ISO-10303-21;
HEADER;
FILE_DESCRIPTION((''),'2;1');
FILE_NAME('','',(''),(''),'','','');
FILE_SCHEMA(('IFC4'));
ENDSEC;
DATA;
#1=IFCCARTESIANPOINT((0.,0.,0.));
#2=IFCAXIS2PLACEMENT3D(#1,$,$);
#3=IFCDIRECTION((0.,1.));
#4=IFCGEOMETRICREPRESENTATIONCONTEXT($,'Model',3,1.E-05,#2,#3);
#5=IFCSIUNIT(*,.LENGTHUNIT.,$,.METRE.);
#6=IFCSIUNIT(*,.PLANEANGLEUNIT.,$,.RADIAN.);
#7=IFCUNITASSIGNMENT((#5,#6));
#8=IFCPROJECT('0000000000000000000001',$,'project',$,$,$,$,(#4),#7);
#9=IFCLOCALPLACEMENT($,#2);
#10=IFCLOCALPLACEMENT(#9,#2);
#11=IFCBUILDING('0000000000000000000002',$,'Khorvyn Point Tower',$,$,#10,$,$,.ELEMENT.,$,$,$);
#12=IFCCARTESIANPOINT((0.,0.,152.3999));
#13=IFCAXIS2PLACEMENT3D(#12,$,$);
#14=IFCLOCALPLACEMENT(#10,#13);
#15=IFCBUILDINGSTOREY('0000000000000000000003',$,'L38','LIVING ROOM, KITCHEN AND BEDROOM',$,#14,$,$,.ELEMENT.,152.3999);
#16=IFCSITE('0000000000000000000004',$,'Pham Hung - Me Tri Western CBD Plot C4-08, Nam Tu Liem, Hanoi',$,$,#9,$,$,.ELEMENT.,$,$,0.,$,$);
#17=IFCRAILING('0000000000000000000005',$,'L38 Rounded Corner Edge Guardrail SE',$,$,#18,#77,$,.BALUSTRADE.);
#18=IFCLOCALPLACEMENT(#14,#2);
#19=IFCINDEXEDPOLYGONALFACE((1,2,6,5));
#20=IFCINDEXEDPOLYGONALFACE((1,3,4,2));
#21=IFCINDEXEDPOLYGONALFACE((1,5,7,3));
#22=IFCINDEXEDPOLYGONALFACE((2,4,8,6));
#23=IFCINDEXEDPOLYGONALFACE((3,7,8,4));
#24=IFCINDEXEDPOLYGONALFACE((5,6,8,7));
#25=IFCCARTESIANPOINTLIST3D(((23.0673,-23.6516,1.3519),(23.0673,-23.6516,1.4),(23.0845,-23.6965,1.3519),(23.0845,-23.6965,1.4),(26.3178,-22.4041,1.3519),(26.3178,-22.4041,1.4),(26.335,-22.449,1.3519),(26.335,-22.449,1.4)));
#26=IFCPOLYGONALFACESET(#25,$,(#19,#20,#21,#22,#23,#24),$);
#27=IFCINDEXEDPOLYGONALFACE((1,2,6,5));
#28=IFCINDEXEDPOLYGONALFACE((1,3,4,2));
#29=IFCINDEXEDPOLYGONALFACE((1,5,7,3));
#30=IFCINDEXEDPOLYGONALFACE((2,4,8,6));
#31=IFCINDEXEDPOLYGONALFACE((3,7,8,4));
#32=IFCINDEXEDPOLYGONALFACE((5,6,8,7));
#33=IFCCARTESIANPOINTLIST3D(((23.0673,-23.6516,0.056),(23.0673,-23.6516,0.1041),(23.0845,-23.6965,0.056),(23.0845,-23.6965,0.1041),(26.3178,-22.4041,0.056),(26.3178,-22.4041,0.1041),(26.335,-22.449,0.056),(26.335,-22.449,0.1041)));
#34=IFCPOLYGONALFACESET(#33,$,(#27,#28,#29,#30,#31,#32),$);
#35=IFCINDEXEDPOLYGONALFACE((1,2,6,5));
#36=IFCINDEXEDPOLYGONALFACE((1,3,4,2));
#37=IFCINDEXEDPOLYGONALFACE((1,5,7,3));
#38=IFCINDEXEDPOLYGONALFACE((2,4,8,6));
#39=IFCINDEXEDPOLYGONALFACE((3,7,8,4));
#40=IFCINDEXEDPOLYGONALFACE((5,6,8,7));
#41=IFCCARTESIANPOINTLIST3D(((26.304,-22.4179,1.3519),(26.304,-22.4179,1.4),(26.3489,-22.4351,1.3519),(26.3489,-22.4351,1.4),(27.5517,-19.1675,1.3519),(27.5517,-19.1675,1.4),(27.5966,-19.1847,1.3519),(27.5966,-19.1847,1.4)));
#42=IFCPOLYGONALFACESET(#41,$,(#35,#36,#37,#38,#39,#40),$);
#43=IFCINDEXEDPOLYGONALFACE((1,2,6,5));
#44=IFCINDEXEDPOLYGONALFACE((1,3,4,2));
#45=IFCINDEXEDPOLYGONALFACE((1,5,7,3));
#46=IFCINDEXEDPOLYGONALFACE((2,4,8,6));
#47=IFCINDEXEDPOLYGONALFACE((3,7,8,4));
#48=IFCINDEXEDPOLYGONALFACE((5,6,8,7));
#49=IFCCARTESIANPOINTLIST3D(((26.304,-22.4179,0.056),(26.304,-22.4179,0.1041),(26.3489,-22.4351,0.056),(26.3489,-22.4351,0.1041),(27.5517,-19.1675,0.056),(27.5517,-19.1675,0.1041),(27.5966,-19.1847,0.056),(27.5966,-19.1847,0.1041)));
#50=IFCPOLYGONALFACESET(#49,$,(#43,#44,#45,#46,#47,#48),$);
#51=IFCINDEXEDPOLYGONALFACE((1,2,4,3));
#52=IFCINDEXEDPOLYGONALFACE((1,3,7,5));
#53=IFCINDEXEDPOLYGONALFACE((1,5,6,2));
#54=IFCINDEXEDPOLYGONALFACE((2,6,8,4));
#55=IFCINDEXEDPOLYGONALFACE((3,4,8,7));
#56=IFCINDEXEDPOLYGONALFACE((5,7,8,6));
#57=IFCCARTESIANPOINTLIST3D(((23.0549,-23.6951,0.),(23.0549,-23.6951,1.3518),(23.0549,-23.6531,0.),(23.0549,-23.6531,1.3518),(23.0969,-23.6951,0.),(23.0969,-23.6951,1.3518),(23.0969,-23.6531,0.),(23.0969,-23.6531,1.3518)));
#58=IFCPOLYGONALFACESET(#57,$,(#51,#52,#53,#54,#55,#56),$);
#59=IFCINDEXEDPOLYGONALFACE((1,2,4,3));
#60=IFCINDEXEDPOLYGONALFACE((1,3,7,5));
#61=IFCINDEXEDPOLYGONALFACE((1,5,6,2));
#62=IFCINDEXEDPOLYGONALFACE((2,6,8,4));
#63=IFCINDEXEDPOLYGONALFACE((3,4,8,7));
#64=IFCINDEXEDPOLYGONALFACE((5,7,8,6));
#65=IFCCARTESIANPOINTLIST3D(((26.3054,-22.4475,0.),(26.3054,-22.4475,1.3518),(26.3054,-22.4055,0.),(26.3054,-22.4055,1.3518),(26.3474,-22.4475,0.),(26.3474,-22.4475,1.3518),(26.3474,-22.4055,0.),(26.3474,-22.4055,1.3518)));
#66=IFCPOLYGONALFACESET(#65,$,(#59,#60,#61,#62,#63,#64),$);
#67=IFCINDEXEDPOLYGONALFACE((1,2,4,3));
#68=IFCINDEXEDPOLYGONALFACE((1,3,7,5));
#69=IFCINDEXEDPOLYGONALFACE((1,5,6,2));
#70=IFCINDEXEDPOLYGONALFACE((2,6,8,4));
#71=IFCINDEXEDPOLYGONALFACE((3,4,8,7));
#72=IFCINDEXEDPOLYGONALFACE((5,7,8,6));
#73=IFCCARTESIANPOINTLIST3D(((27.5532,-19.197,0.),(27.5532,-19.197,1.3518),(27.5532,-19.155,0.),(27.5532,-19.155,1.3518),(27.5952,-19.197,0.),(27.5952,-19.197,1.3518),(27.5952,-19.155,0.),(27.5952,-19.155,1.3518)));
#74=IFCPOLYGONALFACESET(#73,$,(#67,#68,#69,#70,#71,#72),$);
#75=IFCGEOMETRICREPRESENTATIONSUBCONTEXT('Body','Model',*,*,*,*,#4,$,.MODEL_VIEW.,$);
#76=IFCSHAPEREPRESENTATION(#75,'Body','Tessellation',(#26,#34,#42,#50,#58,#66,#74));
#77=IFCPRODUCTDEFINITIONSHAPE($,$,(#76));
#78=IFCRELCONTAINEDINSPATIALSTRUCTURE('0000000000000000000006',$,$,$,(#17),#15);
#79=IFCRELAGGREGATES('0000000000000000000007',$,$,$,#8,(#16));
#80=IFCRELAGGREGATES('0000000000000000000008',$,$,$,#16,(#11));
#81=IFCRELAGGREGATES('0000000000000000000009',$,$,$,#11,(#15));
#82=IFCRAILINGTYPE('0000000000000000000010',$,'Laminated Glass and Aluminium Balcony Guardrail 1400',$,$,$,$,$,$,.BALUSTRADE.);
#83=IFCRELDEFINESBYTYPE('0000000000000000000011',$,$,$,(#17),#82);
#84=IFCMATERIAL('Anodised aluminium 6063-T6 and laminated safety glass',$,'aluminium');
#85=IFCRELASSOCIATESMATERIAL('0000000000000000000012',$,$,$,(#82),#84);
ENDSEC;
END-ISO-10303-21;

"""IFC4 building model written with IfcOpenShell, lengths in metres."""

from ifc_helpers import new_model, si_unit, direction, frame, origin, origin_2d, place, context, subcontext, project, spatial, rectangle, extrude, material, type_object, element, save


model = new_model("IFC4")

# Units and contexts
model_context = context("Model", 3, precision=1e-05, world=origin(), true_north=direction((0.0, 1.0)))
body_context = subcontext(model_context, "Body", "Model", "MODEL_VIEW")
ifc_project = project(units=[si_unit("LENGTHUNIT", "METRE"), si_unit("PLANEANGLEUNIT", "RADIAN")], contexts=[model_context])

# Site, building, storey
site_placement = place(None, origin())
site = spatial("IfcSite", under=ifc_project, at=site_placement, Name="Pham Hung - Me Tri Western CBD Plot C4-08, Nam Tu Liem, Hanoi", CompositionType="ELEMENT", RefElevation=0.0)
building_placement = place(site_placement, origin())
building = spatial("IfcBuilding", under=site, at=building_placement, Name="Khorvyn Point Tower", CompositionType="ELEMENT")
storey_placement = place(building_placement, frame((0.0, 0.0, 152.3999)))
storey = spatial("IfcBuildingStorey", under=building, at=storey_placement, Name="L38", Description="LIVING ROOM, KITCHEN AND BEDROOM", CompositionType="ELEMENT", Elevation=152.3999)

# Railing
ifc_material_1 = material(Name="Anodised aluminium 6063-T6 and laminated safety glass", Category="aluminium")
railing_type = type_object("IfcRailingType", Name="Laminated Glass and Aluminium Balcony Guardrail 1400", PredefinedType="BALUSTRADE", material=ifc_material_1)
railing_placement = place(storey_placement, frame((23.0759, -23.6741, 0.0)))
element("IfcRailing", 1, at=railing_placement, inside=storey, type_object=railing_type, Name="L38 Rounded Corner Edge Guardrail SE", PredefinedType="BALUSTRADE", context=body_context, shape_type="SweptSolid", body=[
    extrude(rectangle(XDim=0.0481, YDim=0.0481, at=origin_2d()), frame((0.0, 0.0, 1.376), z_axis=(0.933598, 0.358321, 0.0), x_axis=(-0.358321, 0.933598, 0.0)), (0.0, 0.0, 1.0), 3.4817),
    extrude(rectangle(XDim=0.0481, YDim=0.0481, at=origin_2d()), frame((0.0, 0.0, 0.0801), z_axis=(0.933598, 0.358321, 0.0), x_axis=(-0.358321, 0.933598, 0.0)), (0.0, 0.0, 1.0), 3.4817),
    extrude(rectangle(XDim=0.0481, YDim=0.0481, at=origin_2d()), frame((3.2505, 1.2476, 1.376), z_axis=(0.358382, 0.933575, 0.0), x_axis=(-0.933575, 0.358382, 0.0)), (0.0, 0.0, 1.0), 3.4817),
    extrude(rectangle(XDim=0.0481, YDim=0.0481, at=origin_2d()), frame((3.2505, 1.2476, 0.0801), z_axis=(0.358382, 0.933575, 0.0), x_axis=(-0.933575, 0.358382, 0.0)), (0.0, 0.0, 1.0), 3.4817),
    extrude(rectangle(XDim=0.042, YDim=0.042, at=origin_2d()), origin(), (0.0, 0.0, 1.0), 1.3518),
    extrude(rectangle(XDim=0.042, YDim=0.042, at=origin_2d()), frame((3.2505, 1.2476, 0.0)), (0.0, 0.0, 1.0), 1.3518),
    extrude(rectangle(XDim=0.042, YDim=0.042, at=origin_2d()), frame((4.4983, 4.498, 0.0)), (0.0, 0.0, 1.0), 1.3518),
])

save(model, "model.ifc")
